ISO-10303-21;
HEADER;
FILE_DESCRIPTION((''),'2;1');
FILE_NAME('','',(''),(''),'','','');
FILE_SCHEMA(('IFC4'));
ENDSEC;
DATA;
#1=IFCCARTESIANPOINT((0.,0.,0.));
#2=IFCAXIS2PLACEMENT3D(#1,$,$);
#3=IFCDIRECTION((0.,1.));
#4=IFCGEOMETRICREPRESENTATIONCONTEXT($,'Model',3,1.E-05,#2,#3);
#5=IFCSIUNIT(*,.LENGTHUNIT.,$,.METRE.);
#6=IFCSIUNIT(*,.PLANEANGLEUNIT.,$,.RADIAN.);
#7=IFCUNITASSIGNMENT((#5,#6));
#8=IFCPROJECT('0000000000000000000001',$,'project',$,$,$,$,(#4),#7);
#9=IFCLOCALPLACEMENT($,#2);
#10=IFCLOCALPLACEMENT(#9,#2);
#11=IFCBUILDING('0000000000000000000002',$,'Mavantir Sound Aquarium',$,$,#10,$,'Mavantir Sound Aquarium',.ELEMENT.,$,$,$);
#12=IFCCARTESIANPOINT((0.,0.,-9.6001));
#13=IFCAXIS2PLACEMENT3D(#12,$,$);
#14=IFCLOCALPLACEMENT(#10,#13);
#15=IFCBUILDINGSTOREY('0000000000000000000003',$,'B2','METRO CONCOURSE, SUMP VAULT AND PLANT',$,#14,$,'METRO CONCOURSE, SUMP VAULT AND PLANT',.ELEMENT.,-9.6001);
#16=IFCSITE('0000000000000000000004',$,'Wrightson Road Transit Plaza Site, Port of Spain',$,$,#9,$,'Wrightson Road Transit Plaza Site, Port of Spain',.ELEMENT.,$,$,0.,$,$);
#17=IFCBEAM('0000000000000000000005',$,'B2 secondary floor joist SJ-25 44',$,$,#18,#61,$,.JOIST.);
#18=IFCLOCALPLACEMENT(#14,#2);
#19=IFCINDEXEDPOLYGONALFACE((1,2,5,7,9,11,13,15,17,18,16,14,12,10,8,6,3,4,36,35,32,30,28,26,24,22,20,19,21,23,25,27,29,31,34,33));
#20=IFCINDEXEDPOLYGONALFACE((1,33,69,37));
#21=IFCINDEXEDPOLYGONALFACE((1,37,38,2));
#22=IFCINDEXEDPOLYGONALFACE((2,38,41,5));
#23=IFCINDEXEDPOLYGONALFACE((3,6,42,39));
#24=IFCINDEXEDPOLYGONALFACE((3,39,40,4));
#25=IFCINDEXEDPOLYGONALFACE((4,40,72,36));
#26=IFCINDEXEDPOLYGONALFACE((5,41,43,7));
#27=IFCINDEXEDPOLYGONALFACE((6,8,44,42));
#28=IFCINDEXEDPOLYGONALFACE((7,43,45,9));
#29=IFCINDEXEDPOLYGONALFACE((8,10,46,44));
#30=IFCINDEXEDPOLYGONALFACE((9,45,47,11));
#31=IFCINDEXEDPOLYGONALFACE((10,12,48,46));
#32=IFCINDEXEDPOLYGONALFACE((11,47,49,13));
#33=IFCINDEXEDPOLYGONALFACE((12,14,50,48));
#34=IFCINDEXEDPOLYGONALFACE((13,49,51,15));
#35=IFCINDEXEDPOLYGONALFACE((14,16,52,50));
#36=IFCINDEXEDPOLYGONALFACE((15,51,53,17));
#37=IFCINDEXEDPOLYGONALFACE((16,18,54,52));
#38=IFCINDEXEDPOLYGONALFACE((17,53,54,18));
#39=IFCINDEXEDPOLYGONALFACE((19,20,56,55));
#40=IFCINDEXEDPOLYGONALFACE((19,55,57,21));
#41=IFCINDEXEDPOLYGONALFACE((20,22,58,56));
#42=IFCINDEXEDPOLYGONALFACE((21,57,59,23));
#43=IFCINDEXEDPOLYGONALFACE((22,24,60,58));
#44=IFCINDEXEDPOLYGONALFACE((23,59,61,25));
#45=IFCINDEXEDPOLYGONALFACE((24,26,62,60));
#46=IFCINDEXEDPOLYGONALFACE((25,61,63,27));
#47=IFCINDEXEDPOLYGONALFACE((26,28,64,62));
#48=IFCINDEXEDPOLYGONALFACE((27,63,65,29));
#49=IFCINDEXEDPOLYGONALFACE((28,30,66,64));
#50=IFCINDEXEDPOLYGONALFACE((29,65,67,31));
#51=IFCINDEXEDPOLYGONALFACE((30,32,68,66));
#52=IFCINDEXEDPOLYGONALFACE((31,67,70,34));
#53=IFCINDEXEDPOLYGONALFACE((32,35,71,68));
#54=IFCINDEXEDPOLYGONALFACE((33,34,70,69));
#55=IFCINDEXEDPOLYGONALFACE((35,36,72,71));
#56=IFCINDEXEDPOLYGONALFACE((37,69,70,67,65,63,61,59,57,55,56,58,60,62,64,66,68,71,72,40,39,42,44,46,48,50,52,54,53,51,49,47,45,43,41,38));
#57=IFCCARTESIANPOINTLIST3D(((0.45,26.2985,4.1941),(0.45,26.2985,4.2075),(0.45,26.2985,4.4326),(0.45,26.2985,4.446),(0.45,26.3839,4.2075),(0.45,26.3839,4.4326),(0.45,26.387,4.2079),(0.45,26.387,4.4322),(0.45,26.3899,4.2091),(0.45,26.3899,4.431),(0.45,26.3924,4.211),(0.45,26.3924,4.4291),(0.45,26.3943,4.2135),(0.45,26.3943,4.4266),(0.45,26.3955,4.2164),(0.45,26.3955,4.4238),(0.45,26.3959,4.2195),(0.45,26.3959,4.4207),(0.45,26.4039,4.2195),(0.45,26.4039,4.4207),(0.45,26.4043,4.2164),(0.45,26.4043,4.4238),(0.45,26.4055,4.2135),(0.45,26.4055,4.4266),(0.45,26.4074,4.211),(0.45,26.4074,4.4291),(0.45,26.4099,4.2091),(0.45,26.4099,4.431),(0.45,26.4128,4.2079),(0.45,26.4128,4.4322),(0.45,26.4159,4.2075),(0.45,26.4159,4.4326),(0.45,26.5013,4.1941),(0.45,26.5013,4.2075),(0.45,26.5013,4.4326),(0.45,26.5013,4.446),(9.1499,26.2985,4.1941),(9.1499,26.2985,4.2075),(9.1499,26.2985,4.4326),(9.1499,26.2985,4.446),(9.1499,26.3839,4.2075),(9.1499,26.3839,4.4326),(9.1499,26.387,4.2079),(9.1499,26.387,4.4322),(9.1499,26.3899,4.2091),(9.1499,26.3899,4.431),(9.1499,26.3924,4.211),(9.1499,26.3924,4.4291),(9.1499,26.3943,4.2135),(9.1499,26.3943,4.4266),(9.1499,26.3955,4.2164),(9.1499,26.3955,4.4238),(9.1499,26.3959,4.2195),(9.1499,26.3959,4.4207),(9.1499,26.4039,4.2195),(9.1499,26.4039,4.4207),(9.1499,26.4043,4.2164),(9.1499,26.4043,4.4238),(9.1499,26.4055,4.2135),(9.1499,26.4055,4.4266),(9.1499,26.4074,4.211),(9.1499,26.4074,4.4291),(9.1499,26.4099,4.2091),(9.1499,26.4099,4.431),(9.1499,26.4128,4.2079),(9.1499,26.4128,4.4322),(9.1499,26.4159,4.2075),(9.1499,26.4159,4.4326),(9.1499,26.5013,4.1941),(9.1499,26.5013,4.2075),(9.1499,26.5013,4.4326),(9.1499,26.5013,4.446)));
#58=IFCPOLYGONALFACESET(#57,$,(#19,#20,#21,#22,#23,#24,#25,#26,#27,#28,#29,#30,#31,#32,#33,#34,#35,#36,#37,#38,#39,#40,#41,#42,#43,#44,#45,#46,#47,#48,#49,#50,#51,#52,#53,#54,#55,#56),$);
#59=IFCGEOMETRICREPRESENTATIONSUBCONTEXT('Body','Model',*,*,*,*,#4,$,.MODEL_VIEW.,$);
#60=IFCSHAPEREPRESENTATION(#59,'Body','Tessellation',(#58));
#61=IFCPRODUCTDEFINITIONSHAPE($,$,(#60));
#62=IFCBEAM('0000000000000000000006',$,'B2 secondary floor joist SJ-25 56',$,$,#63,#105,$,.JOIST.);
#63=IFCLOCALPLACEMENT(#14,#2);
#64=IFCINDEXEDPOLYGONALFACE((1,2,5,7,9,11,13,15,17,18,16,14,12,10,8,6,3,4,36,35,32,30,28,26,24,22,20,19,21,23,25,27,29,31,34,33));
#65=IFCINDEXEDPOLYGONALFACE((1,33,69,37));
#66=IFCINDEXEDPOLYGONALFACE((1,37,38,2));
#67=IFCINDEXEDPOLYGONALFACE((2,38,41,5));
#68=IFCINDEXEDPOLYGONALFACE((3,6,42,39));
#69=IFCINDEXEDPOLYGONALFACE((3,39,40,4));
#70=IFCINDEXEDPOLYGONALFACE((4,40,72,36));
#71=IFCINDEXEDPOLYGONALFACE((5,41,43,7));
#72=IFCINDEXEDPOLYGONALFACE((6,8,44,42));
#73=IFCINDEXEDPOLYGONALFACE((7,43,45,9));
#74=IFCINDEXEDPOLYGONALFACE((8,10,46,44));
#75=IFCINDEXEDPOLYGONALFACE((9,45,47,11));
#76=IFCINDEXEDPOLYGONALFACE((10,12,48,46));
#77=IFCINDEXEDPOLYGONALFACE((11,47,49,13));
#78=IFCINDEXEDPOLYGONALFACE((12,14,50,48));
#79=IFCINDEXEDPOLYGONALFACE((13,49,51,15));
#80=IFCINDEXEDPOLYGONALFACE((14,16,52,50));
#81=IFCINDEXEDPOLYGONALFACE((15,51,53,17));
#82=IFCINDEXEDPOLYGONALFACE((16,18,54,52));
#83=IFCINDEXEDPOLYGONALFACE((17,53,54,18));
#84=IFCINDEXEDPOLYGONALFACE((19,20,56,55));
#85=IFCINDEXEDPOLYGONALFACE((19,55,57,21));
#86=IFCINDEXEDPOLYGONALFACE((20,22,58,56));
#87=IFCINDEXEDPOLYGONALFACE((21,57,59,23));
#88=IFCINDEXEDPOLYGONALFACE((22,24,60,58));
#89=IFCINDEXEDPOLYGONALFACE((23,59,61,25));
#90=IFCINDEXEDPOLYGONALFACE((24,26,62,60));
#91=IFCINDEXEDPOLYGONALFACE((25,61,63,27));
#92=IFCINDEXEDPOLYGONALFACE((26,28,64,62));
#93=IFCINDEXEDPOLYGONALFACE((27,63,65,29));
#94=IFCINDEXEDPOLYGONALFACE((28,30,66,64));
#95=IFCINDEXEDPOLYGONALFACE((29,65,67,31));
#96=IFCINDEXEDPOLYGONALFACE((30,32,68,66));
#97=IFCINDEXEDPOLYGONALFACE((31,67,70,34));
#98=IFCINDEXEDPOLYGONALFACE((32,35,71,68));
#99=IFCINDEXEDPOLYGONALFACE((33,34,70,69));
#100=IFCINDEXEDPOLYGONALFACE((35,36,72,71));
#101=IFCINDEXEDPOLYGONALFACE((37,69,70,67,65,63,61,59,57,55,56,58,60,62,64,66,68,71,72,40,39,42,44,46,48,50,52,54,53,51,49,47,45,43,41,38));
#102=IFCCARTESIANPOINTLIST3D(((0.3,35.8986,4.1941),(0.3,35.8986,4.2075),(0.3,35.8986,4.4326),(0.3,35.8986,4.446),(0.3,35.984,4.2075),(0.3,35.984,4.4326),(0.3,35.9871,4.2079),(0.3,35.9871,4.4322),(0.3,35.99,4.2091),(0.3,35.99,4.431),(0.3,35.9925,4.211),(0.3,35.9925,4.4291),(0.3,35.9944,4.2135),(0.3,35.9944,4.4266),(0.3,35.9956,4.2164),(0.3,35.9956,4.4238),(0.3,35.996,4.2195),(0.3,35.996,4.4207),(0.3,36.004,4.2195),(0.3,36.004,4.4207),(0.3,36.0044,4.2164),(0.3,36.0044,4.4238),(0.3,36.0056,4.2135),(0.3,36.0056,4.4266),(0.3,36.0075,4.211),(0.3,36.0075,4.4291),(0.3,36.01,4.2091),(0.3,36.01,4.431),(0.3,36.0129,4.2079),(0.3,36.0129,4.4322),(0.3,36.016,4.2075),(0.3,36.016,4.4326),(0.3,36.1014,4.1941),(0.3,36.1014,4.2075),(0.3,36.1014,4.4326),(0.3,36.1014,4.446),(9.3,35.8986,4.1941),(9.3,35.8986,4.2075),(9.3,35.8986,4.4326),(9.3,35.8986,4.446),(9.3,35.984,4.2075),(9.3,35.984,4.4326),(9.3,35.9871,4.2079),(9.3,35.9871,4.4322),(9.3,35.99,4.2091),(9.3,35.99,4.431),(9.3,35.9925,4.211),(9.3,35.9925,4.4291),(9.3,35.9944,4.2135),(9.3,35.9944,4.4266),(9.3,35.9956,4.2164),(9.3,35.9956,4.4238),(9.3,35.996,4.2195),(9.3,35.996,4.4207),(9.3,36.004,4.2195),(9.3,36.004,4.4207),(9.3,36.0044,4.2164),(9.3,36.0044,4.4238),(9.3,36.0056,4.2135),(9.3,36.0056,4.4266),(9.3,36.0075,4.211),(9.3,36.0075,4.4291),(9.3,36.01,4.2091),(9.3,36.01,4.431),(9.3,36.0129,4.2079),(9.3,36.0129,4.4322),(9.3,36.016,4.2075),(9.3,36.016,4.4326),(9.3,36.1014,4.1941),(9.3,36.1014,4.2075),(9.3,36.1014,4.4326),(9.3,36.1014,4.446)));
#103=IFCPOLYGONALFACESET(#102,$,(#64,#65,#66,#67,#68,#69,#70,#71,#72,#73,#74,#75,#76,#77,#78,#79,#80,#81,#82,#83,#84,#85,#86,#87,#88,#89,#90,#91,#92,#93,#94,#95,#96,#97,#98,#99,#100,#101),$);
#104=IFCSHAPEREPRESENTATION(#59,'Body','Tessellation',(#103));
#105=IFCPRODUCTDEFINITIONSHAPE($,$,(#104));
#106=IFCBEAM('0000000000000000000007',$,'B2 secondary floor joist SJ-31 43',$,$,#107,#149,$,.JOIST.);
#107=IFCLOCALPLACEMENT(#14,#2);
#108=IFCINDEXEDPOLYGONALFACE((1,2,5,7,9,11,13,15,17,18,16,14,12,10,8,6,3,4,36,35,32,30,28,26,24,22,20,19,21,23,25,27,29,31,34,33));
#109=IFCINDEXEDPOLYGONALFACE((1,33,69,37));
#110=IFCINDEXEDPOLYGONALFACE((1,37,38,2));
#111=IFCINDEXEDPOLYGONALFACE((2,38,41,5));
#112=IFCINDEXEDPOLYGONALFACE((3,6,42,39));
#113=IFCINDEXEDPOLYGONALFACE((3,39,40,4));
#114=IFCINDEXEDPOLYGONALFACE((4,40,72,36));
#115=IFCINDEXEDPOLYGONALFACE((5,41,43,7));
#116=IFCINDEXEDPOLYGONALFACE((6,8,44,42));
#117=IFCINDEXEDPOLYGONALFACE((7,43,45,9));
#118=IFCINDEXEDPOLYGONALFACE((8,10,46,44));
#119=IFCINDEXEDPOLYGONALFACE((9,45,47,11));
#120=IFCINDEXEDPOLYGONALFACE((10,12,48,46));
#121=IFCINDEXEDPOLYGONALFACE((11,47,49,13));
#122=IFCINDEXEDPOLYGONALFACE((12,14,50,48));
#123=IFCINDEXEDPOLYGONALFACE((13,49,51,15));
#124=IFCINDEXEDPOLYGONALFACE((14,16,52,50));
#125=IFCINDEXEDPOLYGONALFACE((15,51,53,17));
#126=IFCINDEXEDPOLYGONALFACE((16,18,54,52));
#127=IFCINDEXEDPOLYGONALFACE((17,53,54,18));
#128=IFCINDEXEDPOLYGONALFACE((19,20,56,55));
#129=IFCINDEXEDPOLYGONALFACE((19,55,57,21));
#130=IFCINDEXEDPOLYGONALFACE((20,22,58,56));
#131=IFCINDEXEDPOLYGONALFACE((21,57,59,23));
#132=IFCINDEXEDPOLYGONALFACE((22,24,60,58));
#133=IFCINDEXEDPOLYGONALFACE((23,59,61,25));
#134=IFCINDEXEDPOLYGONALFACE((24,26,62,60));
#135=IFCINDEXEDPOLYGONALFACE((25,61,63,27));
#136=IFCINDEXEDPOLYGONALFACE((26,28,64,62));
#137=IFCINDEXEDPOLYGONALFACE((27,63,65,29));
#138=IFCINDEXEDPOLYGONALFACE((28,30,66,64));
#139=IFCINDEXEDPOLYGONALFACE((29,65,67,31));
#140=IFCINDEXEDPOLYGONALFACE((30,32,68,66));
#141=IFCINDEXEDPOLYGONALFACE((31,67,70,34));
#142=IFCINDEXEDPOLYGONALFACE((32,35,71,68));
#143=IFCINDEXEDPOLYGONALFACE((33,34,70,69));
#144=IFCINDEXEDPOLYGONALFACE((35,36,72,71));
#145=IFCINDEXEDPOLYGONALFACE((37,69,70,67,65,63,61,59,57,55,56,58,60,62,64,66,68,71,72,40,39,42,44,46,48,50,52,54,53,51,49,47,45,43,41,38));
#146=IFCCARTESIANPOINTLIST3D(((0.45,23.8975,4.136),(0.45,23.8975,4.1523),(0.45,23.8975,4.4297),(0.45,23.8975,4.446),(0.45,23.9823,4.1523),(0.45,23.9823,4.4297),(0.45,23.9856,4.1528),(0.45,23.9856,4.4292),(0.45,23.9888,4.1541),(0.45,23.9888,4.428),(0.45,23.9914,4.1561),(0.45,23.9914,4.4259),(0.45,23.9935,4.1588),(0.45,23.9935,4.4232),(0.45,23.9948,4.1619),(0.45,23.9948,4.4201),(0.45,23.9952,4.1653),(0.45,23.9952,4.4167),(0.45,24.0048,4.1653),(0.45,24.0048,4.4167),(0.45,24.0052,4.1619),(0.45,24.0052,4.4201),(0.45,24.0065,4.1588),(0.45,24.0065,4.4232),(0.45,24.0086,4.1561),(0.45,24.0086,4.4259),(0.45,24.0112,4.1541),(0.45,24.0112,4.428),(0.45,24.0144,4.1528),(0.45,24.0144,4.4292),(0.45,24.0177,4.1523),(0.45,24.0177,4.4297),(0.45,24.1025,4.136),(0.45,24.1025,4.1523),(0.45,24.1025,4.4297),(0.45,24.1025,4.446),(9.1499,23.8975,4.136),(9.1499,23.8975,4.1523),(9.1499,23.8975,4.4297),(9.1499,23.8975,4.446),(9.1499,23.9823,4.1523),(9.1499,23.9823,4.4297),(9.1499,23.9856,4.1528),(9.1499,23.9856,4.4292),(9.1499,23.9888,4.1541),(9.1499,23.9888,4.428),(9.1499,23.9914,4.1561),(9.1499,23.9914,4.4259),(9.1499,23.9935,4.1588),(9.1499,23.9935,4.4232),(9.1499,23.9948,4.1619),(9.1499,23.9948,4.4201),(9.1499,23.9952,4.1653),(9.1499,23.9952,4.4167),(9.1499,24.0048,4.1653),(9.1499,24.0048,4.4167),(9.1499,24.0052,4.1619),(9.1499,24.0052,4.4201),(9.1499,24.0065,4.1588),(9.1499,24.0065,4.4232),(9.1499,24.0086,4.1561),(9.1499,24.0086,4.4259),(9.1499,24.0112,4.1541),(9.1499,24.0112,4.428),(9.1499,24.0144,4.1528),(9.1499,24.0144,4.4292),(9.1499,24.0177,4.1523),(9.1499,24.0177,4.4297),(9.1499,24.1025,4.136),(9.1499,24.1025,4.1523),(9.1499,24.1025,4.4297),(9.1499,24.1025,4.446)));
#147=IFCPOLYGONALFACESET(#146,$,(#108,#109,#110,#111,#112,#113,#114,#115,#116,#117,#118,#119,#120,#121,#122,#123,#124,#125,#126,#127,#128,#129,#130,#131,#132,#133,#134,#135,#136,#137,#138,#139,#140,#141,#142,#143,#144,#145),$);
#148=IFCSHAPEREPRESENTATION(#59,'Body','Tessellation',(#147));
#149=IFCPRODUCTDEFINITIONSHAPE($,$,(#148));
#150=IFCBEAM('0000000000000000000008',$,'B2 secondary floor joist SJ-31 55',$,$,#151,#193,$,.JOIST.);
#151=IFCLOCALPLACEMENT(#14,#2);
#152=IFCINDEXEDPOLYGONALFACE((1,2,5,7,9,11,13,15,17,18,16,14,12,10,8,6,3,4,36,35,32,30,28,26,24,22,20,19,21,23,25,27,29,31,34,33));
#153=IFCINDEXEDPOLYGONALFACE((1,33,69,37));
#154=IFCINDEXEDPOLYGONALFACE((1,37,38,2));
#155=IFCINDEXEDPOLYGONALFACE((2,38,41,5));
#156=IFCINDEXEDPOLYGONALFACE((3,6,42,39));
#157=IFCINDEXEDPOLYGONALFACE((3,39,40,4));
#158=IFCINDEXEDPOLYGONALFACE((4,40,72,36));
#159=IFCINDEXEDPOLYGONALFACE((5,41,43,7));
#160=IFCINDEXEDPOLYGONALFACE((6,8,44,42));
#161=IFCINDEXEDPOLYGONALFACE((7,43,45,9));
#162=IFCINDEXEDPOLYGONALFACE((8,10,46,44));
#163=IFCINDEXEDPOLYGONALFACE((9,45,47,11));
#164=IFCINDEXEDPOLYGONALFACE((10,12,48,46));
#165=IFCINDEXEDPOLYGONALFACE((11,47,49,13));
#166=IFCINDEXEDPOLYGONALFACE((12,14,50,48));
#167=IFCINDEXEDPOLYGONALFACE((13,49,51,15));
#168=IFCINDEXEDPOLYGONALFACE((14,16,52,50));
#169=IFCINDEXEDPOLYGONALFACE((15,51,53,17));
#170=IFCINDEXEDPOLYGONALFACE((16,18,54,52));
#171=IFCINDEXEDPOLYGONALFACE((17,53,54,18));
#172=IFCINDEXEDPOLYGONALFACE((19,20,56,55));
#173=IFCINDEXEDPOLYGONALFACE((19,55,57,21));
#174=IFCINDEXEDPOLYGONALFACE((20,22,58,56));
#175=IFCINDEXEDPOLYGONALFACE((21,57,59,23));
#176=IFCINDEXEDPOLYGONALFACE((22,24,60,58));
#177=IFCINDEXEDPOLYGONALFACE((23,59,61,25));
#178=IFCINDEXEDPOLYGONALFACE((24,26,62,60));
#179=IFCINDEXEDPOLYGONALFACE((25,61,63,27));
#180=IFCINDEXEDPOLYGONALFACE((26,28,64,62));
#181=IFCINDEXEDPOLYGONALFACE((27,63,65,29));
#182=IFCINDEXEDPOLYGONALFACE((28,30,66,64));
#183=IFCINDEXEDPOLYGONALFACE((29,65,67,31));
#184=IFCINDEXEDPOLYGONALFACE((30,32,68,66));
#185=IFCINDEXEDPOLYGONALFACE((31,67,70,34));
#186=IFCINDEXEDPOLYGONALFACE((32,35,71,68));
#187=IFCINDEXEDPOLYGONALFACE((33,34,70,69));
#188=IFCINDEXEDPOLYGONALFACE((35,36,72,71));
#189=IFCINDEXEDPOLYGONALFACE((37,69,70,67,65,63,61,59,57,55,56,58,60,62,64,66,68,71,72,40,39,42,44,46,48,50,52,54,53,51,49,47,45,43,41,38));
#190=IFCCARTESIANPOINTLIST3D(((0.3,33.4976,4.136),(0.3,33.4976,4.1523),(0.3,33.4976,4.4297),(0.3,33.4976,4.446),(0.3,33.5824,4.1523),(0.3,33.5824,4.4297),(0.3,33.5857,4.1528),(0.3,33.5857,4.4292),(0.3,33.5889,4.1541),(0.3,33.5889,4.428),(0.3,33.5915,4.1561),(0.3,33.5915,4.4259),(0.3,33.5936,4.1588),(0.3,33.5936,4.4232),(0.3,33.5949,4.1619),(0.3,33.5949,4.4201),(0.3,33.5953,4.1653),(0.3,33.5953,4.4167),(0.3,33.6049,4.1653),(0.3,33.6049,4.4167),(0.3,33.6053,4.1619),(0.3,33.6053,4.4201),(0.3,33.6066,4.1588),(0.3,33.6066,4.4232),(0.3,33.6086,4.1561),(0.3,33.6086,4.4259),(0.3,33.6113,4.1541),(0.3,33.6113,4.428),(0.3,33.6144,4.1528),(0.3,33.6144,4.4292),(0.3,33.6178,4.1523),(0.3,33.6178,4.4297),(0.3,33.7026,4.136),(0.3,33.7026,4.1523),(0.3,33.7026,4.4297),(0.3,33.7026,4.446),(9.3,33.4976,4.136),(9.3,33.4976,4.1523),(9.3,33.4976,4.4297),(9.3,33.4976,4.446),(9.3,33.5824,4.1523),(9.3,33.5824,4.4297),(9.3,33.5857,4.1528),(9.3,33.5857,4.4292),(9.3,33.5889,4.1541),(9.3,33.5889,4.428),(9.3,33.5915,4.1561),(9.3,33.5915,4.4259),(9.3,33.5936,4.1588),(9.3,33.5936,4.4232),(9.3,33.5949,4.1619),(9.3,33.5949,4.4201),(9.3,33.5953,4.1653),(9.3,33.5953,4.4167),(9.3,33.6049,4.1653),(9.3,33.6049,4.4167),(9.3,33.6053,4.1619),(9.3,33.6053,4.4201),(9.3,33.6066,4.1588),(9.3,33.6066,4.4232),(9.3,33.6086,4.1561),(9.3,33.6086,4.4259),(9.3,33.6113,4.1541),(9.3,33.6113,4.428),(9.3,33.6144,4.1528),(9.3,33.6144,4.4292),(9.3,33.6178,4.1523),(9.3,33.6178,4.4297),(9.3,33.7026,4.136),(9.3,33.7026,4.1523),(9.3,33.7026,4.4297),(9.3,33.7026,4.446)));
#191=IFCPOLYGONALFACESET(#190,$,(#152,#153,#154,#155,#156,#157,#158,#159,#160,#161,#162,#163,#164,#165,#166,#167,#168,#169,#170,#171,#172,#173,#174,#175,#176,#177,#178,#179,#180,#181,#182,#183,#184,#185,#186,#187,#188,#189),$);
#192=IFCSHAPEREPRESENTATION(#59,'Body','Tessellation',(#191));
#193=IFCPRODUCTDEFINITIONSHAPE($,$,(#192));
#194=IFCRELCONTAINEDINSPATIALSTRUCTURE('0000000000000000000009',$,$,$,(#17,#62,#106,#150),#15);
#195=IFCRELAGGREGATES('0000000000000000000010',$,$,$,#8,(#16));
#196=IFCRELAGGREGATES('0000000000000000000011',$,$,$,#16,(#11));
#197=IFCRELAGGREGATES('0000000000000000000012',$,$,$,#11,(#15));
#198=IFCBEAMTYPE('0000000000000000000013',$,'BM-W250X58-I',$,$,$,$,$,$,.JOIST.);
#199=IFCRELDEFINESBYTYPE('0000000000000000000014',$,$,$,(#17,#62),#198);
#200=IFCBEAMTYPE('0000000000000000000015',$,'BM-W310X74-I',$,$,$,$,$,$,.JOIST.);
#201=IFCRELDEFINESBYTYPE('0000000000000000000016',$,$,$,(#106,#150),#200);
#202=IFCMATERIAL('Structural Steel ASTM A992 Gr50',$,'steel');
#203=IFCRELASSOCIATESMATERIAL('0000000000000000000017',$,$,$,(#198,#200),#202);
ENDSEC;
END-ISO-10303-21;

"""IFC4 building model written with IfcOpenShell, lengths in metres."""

from ifc_helpers import new_model, si_unit, direction, frame, origin, origin_2d, place, context, subcontext, project, spatial, i_section, extrude, material, material_profile, profile_set, type_object, element, save


model = new_model("IFC4")

# Units and contexts
model_context = context("Model", 3, precision=1e-05, world=origin(), true_north=direction((0.0, 1.0)))
body_context = subcontext(model_context, "Body", "Model", "MODEL_VIEW")
ifc_project = project(units=[si_unit("LENGTHUNIT", "METRE"), si_unit("PLANEANGLEUNIT", "RADIAN")], contexts=[model_context])

# Site, building, storey
site_placement = place(None, origin())
site = spatial("IfcSite", under=ifc_project, at=site_placement, Name="Wrightson Road Transit Plaza Site, Port of Spain", LongName="Wrightson Road Transit Plaza Site, Port of Spain", CompositionType="ELEMENT", RefElevation=0.0)
building_placement = place(site_placement, origin())
building = spatial("IfcBuilding", under=site, at=building_placement, Name="Mavantir Sound Aquarium", LongName="Mavantir Sound Aquarium", CompositionType="ELEMENT")
storey_placement = place(building_placement, frame((0.0, 0.0, -9.6001)))
storey = spatial("IfcBuildingStorey", under=building, at=storey_placement, Name="B2", Description="METRO CONCOURSE, SUMP VAULT AND PLANT", LongName="METRO CONCOURSE, SUMP VAULT AND PLANT", CompositionType="ELEMENT", Elevation=-9.6001)

# Beams
ifc_material_1 = material(Name="Structural Steel ASTM A992 Gr50", Category="steel")
ifc_material_profile_1 = material_profile(ifc_material_1, i_section(OverallWidth=0.2029, OverallDepth=0.252, WebThickness=0.0081, FlangeThickness=0.0134, FilletRadius=0.012, at=origin_2d()), Name="W250X58")
ifc_profile_set_1 = profile_set([ifc_material_profile_1], Name="Structural Steel ASTM A992 Gr50")
beam_type_1 = type_object("IfcBeamType", Name="BM-W250X58-I", PredefinedType="JOIST", material=ifc_profile_set_1)
beam_1_placement = place(storey_placement, frame((0.45, 26.3999, 4.3201), z_axis=(1.0, 0.0, 0.0), x_axis=(0.0, 1.0, 0.0)))
element("IfcBeam", 1, at=beam_1_placement, inside=storey, type_object=beam_type_1, Name="B2 secondary floor joist SJ-25 44", PredefinedType="JOIST", context=body_context, shape_type="SweptSolid", body=[
    extrude(i_section(OverallWidth=0.2029, OverallDepth=0.252, WebThickness=0.0081, FlangeThickness=0.0134, FilletRadius=0.012, at=origin_2d()), origin(), (0.0, 0.0, 1.0), 8.7),
])
beam_2_placement = place(storey_placement, frame((0.3, 36.0, 4.3201), z_axis=(1.0, 0.0, 0.0), x_axis=(0.0, 1.0, 0.0)))
element("IfcBeam", 2, at=beam_2_placement, inside=storey, type_object=beam_type_1, Name="B2 secondary floor joist SJ-25 56", PredefinedType="JOIST", context=body_context, shape_type="SweptSolid", body=[
    extrude(i_section(OverallWidth=0.2029, OverallDepth=0.252, WebThickness=0.0081, FlangeThickness=0.0134, FilletRadius=0.012, at=origin_2d()), origin(), (0.0, 0.0, 1.0), 9.0),
])
ifc_material_profile_2 = material_profile(ifc_material_1, i_section(OverallWidth=0.2051, OverallDepth=0.3101, WebThickness=0.0095, FlangeThickness=0.0164, FilletRadius=0.0129, at=origin_2d()), Name="W310X74")
ifc_profile_set_2 = profile_set([ifc_material_profile_2], Name="Structural Steel ASTM A992 Gr50")
beam_type_2 = type_object("IfcBeamType", Name="BM-W310X74-I", PredefinedType="JOIST", material=ifc_profile_set_2)
beam_3_placement = place(storey_placement, frame((0.45, 24.0, 4.291), z_axis=(1.0, 0.0, 0.0), x_axis=(0.0, 1.0, 0.0)))
element("IfcBeam", 3, at=beam_3_placement, inside=storey, type_object=beam_type_2, Name="B2 secondary floor joist SJ-31 43", PredefinedType="JOIST", context=body_context, shape_type="SweptSolid", body=[
    extrude(i_section(OverallWidth=0.2051, OverallDepth=0.3101, WebThickness=0.0095, FlangeThickness=0.0164, FilletRadius=0.0129, at=origin_2d()), origin(), (0.0, 0.0, 1.0), 8.7),
])
beam_4_placement = place(storey_placement, frame((0.3, 33.6001, 4.291), z_axis=(1.0, 0.0, 0.0), x_axis=(0.0, 1.0, 0.0)))
element("IfcBeam", 4, at=beam_4_placement, inside=storey, type_object=beam_type_2, Name="B2 secondary floor joist SJ-31 55", PredefinedType="JOIST", context=body_context, shape_type="SweptSolid", body=[
    extrude(i_section(OverallWidth=0.2051, OverallDepth=0.3101, WebThickness=0.0095, FlangeThickness=0.0164, FilletRadius=0.0129, at=origin_2d()), origin(), (0.0, 0.0, 1.0), 9.0),
])

save(model, "model.ifc")
